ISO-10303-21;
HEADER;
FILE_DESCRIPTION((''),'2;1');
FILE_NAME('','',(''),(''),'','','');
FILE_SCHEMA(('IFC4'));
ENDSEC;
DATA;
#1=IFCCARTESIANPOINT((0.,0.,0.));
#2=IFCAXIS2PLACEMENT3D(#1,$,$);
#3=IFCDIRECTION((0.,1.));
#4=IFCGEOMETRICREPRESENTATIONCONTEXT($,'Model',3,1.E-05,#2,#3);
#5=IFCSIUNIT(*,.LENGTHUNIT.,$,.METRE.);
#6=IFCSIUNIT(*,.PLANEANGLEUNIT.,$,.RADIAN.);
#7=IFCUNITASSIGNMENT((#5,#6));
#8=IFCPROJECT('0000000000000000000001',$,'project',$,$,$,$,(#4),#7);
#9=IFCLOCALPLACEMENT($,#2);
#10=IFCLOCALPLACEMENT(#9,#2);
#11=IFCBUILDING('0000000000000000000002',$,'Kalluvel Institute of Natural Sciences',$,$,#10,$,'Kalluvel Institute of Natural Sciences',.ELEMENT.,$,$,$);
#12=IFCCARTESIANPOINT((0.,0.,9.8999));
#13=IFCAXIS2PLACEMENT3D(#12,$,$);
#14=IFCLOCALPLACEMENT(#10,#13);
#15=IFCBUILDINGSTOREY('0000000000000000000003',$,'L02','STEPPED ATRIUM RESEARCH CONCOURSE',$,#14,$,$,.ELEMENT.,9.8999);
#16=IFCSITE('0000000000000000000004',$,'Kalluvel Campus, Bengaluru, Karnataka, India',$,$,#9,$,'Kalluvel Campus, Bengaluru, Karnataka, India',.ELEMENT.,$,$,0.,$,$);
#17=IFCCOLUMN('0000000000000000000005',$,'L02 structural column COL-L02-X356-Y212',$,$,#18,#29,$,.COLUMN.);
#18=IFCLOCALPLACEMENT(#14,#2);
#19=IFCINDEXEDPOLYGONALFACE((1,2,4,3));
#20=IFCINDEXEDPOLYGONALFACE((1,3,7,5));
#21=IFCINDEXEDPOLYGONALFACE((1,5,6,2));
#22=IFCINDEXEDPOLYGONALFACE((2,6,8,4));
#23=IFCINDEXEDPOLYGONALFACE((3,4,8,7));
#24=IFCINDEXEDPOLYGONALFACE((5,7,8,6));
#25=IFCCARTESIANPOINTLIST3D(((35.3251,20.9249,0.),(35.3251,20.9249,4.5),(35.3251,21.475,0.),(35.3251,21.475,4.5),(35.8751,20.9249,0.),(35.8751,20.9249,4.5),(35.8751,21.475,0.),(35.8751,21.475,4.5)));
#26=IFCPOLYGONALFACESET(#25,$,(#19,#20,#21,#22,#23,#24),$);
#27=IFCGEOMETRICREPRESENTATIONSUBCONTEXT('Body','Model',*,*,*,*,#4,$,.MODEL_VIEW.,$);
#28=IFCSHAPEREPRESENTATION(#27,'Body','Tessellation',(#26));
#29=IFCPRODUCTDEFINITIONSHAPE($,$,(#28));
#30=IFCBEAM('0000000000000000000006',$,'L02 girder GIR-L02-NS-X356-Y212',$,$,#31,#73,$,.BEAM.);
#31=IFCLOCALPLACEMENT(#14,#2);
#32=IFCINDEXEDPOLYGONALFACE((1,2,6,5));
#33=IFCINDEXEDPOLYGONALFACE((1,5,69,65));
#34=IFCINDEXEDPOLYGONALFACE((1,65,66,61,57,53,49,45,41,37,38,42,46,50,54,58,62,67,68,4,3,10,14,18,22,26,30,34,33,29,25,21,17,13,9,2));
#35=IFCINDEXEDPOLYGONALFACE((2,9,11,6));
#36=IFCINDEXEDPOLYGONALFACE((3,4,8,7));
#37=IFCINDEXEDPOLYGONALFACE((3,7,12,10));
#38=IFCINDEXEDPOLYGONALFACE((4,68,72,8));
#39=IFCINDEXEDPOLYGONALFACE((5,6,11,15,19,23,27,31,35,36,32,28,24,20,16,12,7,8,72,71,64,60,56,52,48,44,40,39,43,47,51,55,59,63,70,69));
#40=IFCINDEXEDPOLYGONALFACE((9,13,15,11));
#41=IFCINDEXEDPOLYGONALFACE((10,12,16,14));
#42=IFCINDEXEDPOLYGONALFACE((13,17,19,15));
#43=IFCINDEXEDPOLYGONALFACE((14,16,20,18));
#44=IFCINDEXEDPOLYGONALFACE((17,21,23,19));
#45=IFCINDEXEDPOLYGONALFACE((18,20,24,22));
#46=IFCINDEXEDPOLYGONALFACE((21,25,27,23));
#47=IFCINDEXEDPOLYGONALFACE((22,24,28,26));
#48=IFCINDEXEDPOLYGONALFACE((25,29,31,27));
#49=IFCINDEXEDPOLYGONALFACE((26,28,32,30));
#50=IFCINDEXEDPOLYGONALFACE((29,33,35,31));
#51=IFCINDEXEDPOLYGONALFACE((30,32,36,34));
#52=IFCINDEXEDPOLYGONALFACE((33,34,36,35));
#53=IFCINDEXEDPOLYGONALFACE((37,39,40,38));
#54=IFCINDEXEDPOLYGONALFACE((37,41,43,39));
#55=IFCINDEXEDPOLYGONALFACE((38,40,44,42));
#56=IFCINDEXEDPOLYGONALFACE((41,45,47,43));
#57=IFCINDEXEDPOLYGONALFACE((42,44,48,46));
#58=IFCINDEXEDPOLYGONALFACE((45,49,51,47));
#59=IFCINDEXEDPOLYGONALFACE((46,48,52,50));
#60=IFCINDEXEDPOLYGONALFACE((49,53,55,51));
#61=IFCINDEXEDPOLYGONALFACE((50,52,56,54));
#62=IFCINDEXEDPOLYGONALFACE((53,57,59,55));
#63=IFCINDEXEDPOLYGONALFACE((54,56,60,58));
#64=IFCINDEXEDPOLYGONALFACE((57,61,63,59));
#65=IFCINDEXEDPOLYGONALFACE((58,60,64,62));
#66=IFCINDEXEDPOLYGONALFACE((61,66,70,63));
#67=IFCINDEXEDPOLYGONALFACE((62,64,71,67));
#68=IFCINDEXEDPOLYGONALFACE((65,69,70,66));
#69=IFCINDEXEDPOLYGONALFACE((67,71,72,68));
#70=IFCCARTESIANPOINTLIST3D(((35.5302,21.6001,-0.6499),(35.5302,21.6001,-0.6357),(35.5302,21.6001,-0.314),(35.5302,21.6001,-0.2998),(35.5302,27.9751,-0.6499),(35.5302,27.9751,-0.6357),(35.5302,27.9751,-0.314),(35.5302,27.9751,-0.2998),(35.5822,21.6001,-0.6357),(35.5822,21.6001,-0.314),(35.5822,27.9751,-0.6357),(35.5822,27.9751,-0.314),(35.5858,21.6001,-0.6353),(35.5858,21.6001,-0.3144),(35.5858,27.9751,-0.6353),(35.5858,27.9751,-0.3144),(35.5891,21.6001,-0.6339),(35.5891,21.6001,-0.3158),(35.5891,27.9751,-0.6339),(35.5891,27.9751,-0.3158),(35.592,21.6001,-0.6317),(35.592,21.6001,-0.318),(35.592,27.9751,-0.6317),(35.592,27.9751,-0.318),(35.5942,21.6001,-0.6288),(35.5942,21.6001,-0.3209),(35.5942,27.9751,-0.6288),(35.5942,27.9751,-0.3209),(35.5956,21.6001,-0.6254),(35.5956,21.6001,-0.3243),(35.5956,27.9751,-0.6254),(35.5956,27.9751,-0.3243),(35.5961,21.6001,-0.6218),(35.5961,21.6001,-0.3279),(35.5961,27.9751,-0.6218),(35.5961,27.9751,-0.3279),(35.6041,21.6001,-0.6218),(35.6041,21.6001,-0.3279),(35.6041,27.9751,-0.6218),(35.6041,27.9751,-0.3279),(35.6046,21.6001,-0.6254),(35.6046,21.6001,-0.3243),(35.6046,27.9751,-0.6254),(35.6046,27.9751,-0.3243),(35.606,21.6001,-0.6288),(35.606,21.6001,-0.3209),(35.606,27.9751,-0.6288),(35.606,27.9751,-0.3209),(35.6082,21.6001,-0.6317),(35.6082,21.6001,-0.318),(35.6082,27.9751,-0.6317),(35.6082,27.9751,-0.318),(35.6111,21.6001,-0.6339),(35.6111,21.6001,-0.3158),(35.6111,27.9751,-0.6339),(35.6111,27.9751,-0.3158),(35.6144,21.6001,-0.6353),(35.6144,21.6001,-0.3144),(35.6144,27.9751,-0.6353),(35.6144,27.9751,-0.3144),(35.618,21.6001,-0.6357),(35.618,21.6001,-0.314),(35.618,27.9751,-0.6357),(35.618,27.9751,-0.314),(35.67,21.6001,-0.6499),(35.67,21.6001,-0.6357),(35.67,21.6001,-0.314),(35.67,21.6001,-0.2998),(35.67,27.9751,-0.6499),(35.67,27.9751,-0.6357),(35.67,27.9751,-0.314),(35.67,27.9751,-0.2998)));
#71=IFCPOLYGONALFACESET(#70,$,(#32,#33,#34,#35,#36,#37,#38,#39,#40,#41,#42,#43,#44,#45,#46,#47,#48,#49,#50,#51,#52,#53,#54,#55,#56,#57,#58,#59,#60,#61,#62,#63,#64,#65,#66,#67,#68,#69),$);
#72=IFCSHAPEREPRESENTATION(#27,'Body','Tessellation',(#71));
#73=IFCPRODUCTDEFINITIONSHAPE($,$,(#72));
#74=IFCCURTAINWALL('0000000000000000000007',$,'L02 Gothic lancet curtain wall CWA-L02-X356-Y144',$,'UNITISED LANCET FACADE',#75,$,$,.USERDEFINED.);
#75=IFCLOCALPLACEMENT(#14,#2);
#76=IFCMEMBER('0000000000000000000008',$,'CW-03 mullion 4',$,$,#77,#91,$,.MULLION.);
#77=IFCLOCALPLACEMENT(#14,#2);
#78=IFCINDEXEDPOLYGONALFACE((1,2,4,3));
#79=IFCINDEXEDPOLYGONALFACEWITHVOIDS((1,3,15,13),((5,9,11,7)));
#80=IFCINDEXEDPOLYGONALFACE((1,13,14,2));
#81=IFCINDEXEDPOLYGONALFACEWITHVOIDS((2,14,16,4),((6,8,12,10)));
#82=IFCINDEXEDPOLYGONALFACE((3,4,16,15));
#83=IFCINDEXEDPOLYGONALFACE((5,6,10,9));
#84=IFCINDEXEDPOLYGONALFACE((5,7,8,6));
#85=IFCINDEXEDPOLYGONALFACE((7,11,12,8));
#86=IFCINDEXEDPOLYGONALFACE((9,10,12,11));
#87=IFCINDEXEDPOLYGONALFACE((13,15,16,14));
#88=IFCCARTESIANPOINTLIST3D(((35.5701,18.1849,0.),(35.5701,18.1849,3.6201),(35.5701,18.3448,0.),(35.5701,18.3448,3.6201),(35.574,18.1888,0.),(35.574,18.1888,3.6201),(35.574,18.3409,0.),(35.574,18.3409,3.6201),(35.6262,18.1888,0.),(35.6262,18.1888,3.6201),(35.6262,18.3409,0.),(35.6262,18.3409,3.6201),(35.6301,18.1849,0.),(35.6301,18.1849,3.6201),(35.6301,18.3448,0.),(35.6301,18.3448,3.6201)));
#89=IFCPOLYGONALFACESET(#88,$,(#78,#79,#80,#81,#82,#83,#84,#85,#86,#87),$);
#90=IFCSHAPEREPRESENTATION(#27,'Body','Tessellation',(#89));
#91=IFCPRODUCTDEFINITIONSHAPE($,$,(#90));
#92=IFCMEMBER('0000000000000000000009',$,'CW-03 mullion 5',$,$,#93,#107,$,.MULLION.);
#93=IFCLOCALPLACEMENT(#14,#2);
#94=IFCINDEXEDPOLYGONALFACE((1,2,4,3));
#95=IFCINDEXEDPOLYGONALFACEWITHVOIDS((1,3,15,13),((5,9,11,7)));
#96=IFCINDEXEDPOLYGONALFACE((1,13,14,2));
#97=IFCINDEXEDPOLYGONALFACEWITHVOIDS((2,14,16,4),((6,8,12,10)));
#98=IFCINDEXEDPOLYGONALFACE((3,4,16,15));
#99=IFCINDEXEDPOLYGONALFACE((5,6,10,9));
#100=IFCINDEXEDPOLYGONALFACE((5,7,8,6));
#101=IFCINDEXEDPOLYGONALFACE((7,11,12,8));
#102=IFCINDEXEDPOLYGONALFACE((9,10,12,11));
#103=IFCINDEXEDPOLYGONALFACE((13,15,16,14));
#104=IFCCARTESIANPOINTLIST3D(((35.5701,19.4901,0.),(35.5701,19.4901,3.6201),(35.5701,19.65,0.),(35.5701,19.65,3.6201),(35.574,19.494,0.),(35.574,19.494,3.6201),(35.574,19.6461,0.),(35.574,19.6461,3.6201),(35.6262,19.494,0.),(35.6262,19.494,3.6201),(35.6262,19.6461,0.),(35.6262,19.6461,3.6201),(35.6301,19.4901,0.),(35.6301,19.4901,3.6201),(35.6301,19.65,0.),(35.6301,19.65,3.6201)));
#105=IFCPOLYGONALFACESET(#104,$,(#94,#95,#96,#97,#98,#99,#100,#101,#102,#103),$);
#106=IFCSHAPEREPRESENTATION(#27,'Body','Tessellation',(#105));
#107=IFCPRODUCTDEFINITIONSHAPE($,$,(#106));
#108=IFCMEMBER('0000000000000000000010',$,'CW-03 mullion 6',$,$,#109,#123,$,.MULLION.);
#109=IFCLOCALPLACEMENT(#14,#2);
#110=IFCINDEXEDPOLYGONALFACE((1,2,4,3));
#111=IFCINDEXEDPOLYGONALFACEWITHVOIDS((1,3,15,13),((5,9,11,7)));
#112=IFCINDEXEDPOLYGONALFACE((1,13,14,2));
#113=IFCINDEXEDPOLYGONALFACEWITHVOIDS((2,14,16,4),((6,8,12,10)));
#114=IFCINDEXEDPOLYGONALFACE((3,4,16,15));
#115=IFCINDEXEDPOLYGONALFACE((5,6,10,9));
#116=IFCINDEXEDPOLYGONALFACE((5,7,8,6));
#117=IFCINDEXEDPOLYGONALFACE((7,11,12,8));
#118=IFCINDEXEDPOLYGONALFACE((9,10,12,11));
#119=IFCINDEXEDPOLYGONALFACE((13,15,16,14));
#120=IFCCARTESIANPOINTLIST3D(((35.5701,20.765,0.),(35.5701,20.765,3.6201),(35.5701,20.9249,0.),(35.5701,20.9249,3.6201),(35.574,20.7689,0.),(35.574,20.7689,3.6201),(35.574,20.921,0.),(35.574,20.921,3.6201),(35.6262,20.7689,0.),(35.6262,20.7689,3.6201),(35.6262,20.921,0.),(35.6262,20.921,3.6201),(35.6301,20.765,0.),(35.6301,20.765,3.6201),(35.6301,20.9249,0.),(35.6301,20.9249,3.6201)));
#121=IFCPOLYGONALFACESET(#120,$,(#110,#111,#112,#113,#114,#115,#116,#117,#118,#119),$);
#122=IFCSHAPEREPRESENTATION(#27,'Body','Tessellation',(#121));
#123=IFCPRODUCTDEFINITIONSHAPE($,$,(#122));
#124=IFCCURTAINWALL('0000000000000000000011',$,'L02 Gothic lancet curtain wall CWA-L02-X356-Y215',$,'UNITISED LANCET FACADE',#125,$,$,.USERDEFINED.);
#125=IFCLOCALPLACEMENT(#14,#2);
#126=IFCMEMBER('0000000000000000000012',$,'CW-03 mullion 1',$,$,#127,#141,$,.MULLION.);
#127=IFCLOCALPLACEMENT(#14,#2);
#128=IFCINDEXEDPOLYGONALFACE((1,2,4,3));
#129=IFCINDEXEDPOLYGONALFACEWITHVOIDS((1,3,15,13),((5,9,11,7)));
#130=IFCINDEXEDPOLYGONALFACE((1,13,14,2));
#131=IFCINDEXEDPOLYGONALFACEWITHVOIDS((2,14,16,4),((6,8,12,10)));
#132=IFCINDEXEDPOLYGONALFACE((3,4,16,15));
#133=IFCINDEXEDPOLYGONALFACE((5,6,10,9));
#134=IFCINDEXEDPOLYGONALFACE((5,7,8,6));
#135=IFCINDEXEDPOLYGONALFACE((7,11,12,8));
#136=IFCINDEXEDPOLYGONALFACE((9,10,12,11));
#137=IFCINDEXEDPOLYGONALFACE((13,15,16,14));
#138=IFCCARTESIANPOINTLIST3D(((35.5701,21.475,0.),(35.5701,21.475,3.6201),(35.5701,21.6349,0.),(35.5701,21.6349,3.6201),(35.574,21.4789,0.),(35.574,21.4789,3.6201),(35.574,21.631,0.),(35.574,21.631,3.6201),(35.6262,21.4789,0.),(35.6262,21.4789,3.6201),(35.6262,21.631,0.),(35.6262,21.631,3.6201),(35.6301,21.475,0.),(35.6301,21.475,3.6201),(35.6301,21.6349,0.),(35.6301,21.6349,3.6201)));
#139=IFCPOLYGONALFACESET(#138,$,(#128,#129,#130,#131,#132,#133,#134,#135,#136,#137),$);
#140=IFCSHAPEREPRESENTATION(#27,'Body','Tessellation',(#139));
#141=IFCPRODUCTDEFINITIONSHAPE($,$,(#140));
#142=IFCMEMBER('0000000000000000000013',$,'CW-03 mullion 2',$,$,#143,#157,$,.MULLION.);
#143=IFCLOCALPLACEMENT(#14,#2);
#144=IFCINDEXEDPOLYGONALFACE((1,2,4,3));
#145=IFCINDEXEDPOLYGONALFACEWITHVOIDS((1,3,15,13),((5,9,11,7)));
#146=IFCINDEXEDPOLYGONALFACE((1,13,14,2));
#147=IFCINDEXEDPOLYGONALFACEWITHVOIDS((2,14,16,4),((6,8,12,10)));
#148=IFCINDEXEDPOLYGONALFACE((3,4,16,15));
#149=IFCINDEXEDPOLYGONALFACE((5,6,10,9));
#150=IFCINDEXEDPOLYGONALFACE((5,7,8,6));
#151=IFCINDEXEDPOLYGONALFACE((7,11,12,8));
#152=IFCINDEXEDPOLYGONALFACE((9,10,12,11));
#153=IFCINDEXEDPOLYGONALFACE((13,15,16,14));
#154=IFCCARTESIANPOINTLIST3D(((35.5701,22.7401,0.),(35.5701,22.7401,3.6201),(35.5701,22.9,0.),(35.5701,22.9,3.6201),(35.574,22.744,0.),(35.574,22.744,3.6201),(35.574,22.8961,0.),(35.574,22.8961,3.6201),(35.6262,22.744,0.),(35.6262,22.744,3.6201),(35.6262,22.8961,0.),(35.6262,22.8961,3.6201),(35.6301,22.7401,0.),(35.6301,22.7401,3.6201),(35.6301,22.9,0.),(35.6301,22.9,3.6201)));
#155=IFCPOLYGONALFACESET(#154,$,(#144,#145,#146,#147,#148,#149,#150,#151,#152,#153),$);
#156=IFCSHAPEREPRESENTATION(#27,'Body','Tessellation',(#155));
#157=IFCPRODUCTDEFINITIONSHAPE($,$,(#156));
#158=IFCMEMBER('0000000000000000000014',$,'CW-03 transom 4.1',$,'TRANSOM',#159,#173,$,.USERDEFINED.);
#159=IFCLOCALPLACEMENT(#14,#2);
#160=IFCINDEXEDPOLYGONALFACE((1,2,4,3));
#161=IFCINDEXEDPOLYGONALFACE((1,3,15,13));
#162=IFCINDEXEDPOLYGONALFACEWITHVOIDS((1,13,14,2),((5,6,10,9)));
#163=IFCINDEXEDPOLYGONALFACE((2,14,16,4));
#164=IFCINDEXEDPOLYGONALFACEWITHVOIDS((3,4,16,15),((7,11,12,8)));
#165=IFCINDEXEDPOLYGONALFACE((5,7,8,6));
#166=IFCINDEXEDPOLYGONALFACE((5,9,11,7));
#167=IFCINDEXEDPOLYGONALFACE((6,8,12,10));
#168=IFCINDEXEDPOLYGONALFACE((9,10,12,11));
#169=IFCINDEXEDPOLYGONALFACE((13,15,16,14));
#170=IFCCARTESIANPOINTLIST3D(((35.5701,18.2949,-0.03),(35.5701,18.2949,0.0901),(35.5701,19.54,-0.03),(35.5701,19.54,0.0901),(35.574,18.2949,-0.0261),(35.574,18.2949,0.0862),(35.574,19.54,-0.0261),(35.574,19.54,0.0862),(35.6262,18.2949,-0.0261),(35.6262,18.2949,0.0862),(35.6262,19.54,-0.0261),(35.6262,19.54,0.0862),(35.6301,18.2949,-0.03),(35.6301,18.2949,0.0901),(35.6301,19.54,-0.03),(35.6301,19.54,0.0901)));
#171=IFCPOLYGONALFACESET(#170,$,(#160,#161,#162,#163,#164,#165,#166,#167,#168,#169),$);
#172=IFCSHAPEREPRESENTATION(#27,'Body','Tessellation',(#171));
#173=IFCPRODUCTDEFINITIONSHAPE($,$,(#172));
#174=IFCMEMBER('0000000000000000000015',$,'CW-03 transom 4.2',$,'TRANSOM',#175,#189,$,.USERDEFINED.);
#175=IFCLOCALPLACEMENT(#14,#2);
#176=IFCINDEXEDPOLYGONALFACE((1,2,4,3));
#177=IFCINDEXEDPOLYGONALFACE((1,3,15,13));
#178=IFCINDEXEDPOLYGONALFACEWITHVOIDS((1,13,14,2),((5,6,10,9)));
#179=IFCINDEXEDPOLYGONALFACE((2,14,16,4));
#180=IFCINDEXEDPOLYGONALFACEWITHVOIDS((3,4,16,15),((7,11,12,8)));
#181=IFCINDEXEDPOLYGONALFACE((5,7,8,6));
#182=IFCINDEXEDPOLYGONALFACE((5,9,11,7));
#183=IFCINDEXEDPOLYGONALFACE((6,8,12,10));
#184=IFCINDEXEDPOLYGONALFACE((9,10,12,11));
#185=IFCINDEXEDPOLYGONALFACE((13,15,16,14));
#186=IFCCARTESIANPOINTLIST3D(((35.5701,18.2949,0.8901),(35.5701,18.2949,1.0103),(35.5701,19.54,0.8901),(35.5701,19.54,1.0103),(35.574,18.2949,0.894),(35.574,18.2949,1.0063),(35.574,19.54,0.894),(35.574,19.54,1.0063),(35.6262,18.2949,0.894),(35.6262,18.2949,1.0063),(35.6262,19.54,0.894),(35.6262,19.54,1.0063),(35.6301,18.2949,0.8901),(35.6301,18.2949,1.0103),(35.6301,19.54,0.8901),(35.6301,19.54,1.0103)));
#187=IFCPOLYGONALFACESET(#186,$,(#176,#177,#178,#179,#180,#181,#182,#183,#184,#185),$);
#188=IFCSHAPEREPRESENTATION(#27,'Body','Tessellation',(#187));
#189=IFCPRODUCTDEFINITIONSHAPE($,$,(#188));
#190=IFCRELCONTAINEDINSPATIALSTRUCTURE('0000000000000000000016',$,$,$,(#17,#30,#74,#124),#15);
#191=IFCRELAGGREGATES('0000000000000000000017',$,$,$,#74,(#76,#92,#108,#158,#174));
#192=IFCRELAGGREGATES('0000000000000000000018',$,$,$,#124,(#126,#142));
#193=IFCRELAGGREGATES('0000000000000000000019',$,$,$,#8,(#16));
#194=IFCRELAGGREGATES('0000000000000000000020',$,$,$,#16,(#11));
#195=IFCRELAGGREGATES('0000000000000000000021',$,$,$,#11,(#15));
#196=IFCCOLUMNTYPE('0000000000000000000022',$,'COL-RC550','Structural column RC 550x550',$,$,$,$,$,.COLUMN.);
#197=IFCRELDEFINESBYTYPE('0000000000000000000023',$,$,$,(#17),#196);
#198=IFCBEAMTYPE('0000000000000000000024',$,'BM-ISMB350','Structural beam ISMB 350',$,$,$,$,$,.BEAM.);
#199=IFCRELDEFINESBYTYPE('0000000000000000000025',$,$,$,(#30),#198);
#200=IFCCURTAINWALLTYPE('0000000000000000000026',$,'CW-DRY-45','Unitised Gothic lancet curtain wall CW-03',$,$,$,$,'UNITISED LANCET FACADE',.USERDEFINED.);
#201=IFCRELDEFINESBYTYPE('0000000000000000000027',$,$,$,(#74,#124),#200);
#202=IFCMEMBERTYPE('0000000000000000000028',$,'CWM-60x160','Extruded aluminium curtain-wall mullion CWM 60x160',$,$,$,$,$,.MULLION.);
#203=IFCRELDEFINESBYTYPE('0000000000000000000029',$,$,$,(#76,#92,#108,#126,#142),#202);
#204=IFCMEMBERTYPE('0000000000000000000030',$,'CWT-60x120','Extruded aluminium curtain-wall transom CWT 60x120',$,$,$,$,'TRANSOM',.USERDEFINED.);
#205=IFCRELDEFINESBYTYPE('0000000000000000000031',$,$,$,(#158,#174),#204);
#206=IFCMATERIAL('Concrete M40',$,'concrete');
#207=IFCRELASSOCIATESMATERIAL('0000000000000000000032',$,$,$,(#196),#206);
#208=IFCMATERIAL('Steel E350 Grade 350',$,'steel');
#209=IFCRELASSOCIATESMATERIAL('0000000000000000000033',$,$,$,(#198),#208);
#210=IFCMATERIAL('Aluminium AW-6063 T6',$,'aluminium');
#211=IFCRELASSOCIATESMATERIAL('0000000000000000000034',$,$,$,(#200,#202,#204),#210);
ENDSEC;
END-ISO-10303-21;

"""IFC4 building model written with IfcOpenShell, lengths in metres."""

from ifc_helpers import new_model, si_unit, direction, frame, origin, origin_2d, place, context, subcontext, project, spatial, rectangle, hollow_rectangle, i_section, extrude, material, material_profile, profile_set, type_object, element, aggregate, save


model = new_model("IFC4")

# Units and contexts
model_context = context("Model", 3, precision=1e-05, world=origin(), true_north=direction((0.0, 1.0)))
body_context = subcontext(model_context, "Body", "Model", "MODEL_VIEW")
ifc_project = project(units=[si_unit("LENGTHUNIT", "METRE"), si_unit("PLANEANGLEUNIT", "RADIAN")], contexts=[model_context])

# Site, building, storey
site_placement = place(None, origin())
site = spatial("IfcSite", under=ifc_project, at=site_placement, Name="Kalluvel Campus, Bengaluru, Karnataka, India", LongName="Kalluvel Campus, Bengaluru, Karnataka, India", CompositionType="ELEMENT", RefElevation=0.0)
building_placement = place(site_placement, origin())
building = spatial("IfcBuilding", under=site, at=building_placement, Name="Kalluvel Institute of Natural Sciences", LongName="Kalluvel Institute of Natural Sciences", CompositionType="ELEMENT")
storey_placement = place(building_placement, frame((0.0, 0.0, 9.8999)))
storey = spatial("IfcBuildingStorey", under=building, at=storey_placement, Name="L02", Description="STEPPED ATRIUM RESEARCH CONCOURSE", CompositionType="ELEMENT", Elevation=9.8999)

# Column
ifc_material_1 = material(Name="Concrete M40", Category="concrete")
ifc_material_profile_1 = material_profile(ifc_material_1, rectangle(XDim=0.55, YDim=0.55, at=origin_2d()), Name="RC 550x550")
ifc_profile_set_1 = profile_set([ifc_material_profile_1], Name="Concrete M40")
column_type = type_object("IfcColumnType", Name="COL-RC550", Description="Structural column RC 550x550", PredefinedType="COLUMN", material=ifc_profile_set_1)
column_placement = place(storey_placement, frame((35.6001, 21.2, 0.0), z_axis=(0.0, 0.0, 1.0), x_axis=(1.0, 0.0, 0.0)))
element("IfcColumn", 1, at=column_placement, inside=storey, type_object=column_type, Name="L02 structural column COL-L02-X356-Y212", PredefinedType="COLUMN", context=body_context, shape_type="SweptSolid", body=[
    extrude(rectangle(XDim=0.55, YDim=0.55, at=origin_2d()), origin(), (0.0, 0.0, 1.0), 4.5),
])

# Beam
ifc_material_2 = material(Name="Steel E350 Grade 350", Category="steel")
ifc_material_profile_2 = material_profile(ifc_material_2, i_section(OverallWidth=0.1399, OverallDepth=0.3501, WebThickness=0.0081, FlangeThickness=0.0142, FilletRadius=0.0139, at=origin_2d()), Name="ISMB 350")
ifc_profile_set_2 = profile_set([ifc_material_profile_2], Name="Steel E350 Grade 350")
beam_type = type_object("IfcBeamType", Name="BM-ISMB350", Description="Structural beam ISMB 350", PredefinedType="BEAM", material=ifc_profile_set_2)
beam_placement = place(storey_placement, frame((35.6001, 21.6001, -0.4749), z_axis=(0.0, 1.0, 0.0), x_axis=(-1.0, 0.0, 0.0)))
element("IfcBeam", 2, at=beam_placement, inside=storey, type_object=beam_type, Name="L02 girder GIR-L02-NS-X356-Y212", PredefinedType="BEAM", context=body_context, shape_type="SweptSolid", body=[
    extrude(i_section(OverallWidth=0.1399, OverallDepth=0.3501, WebThickness=0.0081, FlangeThickness=0.0142, FilletRadius=0.0139, at=origin_2d()), origin(), (0.0, 0.0, 1.0), 6.375),
])

# Curtain walls, members
ifc_material_3 = material(Name="Aluminium AW-6063 T6", Category="aluminium")
curtain_wall_type = type_object("IfcCurtainWallType", Name="CW-DRY-45", Description="Unitised Gothic lancet curtain wall CW-03", ElementType="UNITISED LANCET FACADE", PredefinedType="USERDEFINED", material=ifc_material_3)
curtain_wall_1_placement = place(storey_placement, origin())
curtain_wall_1 = element("IfcCurtainWall", 3, at=curtain_wall_1_placement, inside=storey, type_object=curtain_wall_type, Name="L02 Gothic lancet curtain wall CWA-L02-X356-Y144", ObjectType="UNITISED LANCET FACADE", PredefinedType="USERDEFINED")
ifc_material_profile_3 = material_profile(ifc_material_3, hollow_rectangle(XDim=0.0601, YDim=0.1599, WallThickness=0.0039, at=origin_2d()), Name="CWM 60x160")
ifc_profile_set_3 = profile_set([ifc_material_profile_3], Name="Aluminium AW-6063 T6")
member_type_1 = type_object("IfcMemberType", Name="CWM-60x160", Description="Extruded aluminium curtain-wall mullion CWM 60x160", PredefinedType="MULLION", material=ifc_profile_set_3)
member_1_placement = place(storey_placement, frame((35.6001, 18.2649, 0.0), z_axis=(0.0, 0.0, 1.0), x_axis=(-1.0, 0.0, 0.0)))
member_1 = element("IfcMember", 4, at=member_1_placement, type_object=member_type_1, Name="CW-03 mullion 4", PredefinedType="MULLION", context=body_context, shape_type="SweptSolid", body=[
    extrude(hollow_rectangle(XDim=0.0601, YDim=0.1599, WallThickness=0.0039, at=origin_2d()), origin(), (0.0, 0.0, 1.0), 3.6201),
])
member_2_placement = place(storey_placement, frame((35.6001, 19.5701, 0.0), z_axis=(0.0, 0.0, 1.0), x_axis=(-1.0, 0.0, 0.0)))
member_2 = element("IfcMember", 5, at=member_2_placement, type_object=member_type_1, Name="CW-03 mullion 5", PredefinedType="MULLION", context=body_context, shape_type="SweptSolid", body=[
    extrude(hollow_rectangle(XDim=0.0601, YDim=0.1599, WallThickness=0.0039, at=origin_2d()), origin(), (0.0, 0.0, 1.0), 3.6201),
])
member_3_placement = place(storey_placement, frame((35.6001, 20.845, 0.0), z_axis=(0.0, 0.0, 1.0), x_axis=(-1.0, 0.0, 0.0)))
member_3 = element("IfcMember", 6, at=member_3_placement, type_object=member_type_1, Name="CW-03 mullion 6", PredefinedType="MULLION", context=body_context, shape_type="SweptSolid", body=[
    extrude(hollow_rectangle(XDim=0.0601, YDim=0.1599, WallThickness=0.0039, at=origin_2d()), origin(), (0.0, 0.0, 1.0), 3.6201),
])
curtain_wall_2_placement = place(storey_placement, origin())
curtain_wall_2 = element("IfcCurtainWall", 7, at=curtain_wall_2_placement, inside=storey, type_object=curtain_wall_type, Name="L02 Gothic lancet curtain wall CWA-L02-X356-Y215", ObjectType="UNITISED LANCET FACADE", PredefinedType="USERDEFINED")
member_4_placement = place(storey_placement, frame((35.6001, 21.5549, 0.0), z_axis=(0.0, 0.0, 1.0), x_axis=(-1.0, 0.0, 0.0)))
member_4 = element("IfcMember", 8, at=member_4_placement, type_object=member_type_1, Name="CW-03 mullion 1", PredefinedType="MULLION", context=body_context, shape_type="SweptSolid", body=[
    extrude(hollow_rectangle(XDim=0.0601, YDim=0.1599, WallThickness=0.0039, at=origin_2d()), origin(), (0.0, 0.0, 1.0), 3.6201),
])
member_5_placement = place(storey_placement, frame((35.6001, 22.8201, 0.0), z_axis=(0.0, 0.0, 1.0), x_axis=(-1.0, 0.0, 0.0)))
member_5 = element("IfcMember", 9, at=member_5_placement, type_object=member_type_1, Name="CW-03 mullion 2", PredefinedType="MULLION", context=body_context, shape_type="SweptSolid", body=[
    extrude(hollow_rectangle(XDim=0.0601, YDim=0.1599, WallThickness=0.0039, at=origin_2d()), origin(), (0.0, 0.0, 1.0), 3.6201),
])

# Members
ifc_material_profile_4 = material_profile(ifc_material_3, hollow_rectangle(XDim=0.0601, YDim=0.1201, WallThickness=0.0039, at=origin_2d()), Name="CWT 60x120")
ifc_profile_set_4 = profile_set([ifc_material_profile_4], Name="Aluminium AW-6063 T6")
member_type_2 = type_object("IfcMemberType", Name="CWT-60x120", Description="Extruded aluminium curtain-wall transom CWT 60x120", ElementType="TRANSOM", PredefinedType="USERDEFINED", material=ifc_profile_set_4)
member_6_placement = place(storey_placement, frame((35.6001, 18.2949, 0.03), z_axis=(0.0, 1.0, 0.0), x_axis=(-1.0, 0.0, 0.0)))
member_6 = element("IfcMember", 10, at=member_6_placement, type_object=member_type_2, Name="CW-03 transom 4.1", ObjectType="TRANSOM", PredefinedType="USERDEFINED", context=body_context, shape_type="SweptSolid", body=[
    extrude(hollow_rectangle(XDim=0.0601, YDim=0.1201, WallThickness=0.0039, at=origin_2d()), origin(), (0.0, 0.0, 1.0), 1.2451),
])
member_7_placement = place(storey_placement, frame((35.6001, 18.2949, 0.9502), z_axis=(0.0, 1.0, 0.0), x_axis=(-1.0, 0.0, 0.0)))
member_7 = element("IfcMember", 11, at=member_7_placement, type_object=member_type_2, Name="CW-03 transom 4.2", ObjectType="TRANSOM", PredefinedType="USERDEFINED", context=body_context, shape_type="SweptSolid", body=[
    extrude(hollow_rectangle(XDim=0.0601, YDim=0.1201, WallThickness=0.0039, at=origin_2d()), origin(), (0.0, 0.0, 1.0), 1.2451),
])

aggregate(curtain_wall_1, [member_1, member_2, member_3, member_6, member_7])
aggregate(curtain_wall_2, [member_4, member_5])

save(model, "model.ifc")
